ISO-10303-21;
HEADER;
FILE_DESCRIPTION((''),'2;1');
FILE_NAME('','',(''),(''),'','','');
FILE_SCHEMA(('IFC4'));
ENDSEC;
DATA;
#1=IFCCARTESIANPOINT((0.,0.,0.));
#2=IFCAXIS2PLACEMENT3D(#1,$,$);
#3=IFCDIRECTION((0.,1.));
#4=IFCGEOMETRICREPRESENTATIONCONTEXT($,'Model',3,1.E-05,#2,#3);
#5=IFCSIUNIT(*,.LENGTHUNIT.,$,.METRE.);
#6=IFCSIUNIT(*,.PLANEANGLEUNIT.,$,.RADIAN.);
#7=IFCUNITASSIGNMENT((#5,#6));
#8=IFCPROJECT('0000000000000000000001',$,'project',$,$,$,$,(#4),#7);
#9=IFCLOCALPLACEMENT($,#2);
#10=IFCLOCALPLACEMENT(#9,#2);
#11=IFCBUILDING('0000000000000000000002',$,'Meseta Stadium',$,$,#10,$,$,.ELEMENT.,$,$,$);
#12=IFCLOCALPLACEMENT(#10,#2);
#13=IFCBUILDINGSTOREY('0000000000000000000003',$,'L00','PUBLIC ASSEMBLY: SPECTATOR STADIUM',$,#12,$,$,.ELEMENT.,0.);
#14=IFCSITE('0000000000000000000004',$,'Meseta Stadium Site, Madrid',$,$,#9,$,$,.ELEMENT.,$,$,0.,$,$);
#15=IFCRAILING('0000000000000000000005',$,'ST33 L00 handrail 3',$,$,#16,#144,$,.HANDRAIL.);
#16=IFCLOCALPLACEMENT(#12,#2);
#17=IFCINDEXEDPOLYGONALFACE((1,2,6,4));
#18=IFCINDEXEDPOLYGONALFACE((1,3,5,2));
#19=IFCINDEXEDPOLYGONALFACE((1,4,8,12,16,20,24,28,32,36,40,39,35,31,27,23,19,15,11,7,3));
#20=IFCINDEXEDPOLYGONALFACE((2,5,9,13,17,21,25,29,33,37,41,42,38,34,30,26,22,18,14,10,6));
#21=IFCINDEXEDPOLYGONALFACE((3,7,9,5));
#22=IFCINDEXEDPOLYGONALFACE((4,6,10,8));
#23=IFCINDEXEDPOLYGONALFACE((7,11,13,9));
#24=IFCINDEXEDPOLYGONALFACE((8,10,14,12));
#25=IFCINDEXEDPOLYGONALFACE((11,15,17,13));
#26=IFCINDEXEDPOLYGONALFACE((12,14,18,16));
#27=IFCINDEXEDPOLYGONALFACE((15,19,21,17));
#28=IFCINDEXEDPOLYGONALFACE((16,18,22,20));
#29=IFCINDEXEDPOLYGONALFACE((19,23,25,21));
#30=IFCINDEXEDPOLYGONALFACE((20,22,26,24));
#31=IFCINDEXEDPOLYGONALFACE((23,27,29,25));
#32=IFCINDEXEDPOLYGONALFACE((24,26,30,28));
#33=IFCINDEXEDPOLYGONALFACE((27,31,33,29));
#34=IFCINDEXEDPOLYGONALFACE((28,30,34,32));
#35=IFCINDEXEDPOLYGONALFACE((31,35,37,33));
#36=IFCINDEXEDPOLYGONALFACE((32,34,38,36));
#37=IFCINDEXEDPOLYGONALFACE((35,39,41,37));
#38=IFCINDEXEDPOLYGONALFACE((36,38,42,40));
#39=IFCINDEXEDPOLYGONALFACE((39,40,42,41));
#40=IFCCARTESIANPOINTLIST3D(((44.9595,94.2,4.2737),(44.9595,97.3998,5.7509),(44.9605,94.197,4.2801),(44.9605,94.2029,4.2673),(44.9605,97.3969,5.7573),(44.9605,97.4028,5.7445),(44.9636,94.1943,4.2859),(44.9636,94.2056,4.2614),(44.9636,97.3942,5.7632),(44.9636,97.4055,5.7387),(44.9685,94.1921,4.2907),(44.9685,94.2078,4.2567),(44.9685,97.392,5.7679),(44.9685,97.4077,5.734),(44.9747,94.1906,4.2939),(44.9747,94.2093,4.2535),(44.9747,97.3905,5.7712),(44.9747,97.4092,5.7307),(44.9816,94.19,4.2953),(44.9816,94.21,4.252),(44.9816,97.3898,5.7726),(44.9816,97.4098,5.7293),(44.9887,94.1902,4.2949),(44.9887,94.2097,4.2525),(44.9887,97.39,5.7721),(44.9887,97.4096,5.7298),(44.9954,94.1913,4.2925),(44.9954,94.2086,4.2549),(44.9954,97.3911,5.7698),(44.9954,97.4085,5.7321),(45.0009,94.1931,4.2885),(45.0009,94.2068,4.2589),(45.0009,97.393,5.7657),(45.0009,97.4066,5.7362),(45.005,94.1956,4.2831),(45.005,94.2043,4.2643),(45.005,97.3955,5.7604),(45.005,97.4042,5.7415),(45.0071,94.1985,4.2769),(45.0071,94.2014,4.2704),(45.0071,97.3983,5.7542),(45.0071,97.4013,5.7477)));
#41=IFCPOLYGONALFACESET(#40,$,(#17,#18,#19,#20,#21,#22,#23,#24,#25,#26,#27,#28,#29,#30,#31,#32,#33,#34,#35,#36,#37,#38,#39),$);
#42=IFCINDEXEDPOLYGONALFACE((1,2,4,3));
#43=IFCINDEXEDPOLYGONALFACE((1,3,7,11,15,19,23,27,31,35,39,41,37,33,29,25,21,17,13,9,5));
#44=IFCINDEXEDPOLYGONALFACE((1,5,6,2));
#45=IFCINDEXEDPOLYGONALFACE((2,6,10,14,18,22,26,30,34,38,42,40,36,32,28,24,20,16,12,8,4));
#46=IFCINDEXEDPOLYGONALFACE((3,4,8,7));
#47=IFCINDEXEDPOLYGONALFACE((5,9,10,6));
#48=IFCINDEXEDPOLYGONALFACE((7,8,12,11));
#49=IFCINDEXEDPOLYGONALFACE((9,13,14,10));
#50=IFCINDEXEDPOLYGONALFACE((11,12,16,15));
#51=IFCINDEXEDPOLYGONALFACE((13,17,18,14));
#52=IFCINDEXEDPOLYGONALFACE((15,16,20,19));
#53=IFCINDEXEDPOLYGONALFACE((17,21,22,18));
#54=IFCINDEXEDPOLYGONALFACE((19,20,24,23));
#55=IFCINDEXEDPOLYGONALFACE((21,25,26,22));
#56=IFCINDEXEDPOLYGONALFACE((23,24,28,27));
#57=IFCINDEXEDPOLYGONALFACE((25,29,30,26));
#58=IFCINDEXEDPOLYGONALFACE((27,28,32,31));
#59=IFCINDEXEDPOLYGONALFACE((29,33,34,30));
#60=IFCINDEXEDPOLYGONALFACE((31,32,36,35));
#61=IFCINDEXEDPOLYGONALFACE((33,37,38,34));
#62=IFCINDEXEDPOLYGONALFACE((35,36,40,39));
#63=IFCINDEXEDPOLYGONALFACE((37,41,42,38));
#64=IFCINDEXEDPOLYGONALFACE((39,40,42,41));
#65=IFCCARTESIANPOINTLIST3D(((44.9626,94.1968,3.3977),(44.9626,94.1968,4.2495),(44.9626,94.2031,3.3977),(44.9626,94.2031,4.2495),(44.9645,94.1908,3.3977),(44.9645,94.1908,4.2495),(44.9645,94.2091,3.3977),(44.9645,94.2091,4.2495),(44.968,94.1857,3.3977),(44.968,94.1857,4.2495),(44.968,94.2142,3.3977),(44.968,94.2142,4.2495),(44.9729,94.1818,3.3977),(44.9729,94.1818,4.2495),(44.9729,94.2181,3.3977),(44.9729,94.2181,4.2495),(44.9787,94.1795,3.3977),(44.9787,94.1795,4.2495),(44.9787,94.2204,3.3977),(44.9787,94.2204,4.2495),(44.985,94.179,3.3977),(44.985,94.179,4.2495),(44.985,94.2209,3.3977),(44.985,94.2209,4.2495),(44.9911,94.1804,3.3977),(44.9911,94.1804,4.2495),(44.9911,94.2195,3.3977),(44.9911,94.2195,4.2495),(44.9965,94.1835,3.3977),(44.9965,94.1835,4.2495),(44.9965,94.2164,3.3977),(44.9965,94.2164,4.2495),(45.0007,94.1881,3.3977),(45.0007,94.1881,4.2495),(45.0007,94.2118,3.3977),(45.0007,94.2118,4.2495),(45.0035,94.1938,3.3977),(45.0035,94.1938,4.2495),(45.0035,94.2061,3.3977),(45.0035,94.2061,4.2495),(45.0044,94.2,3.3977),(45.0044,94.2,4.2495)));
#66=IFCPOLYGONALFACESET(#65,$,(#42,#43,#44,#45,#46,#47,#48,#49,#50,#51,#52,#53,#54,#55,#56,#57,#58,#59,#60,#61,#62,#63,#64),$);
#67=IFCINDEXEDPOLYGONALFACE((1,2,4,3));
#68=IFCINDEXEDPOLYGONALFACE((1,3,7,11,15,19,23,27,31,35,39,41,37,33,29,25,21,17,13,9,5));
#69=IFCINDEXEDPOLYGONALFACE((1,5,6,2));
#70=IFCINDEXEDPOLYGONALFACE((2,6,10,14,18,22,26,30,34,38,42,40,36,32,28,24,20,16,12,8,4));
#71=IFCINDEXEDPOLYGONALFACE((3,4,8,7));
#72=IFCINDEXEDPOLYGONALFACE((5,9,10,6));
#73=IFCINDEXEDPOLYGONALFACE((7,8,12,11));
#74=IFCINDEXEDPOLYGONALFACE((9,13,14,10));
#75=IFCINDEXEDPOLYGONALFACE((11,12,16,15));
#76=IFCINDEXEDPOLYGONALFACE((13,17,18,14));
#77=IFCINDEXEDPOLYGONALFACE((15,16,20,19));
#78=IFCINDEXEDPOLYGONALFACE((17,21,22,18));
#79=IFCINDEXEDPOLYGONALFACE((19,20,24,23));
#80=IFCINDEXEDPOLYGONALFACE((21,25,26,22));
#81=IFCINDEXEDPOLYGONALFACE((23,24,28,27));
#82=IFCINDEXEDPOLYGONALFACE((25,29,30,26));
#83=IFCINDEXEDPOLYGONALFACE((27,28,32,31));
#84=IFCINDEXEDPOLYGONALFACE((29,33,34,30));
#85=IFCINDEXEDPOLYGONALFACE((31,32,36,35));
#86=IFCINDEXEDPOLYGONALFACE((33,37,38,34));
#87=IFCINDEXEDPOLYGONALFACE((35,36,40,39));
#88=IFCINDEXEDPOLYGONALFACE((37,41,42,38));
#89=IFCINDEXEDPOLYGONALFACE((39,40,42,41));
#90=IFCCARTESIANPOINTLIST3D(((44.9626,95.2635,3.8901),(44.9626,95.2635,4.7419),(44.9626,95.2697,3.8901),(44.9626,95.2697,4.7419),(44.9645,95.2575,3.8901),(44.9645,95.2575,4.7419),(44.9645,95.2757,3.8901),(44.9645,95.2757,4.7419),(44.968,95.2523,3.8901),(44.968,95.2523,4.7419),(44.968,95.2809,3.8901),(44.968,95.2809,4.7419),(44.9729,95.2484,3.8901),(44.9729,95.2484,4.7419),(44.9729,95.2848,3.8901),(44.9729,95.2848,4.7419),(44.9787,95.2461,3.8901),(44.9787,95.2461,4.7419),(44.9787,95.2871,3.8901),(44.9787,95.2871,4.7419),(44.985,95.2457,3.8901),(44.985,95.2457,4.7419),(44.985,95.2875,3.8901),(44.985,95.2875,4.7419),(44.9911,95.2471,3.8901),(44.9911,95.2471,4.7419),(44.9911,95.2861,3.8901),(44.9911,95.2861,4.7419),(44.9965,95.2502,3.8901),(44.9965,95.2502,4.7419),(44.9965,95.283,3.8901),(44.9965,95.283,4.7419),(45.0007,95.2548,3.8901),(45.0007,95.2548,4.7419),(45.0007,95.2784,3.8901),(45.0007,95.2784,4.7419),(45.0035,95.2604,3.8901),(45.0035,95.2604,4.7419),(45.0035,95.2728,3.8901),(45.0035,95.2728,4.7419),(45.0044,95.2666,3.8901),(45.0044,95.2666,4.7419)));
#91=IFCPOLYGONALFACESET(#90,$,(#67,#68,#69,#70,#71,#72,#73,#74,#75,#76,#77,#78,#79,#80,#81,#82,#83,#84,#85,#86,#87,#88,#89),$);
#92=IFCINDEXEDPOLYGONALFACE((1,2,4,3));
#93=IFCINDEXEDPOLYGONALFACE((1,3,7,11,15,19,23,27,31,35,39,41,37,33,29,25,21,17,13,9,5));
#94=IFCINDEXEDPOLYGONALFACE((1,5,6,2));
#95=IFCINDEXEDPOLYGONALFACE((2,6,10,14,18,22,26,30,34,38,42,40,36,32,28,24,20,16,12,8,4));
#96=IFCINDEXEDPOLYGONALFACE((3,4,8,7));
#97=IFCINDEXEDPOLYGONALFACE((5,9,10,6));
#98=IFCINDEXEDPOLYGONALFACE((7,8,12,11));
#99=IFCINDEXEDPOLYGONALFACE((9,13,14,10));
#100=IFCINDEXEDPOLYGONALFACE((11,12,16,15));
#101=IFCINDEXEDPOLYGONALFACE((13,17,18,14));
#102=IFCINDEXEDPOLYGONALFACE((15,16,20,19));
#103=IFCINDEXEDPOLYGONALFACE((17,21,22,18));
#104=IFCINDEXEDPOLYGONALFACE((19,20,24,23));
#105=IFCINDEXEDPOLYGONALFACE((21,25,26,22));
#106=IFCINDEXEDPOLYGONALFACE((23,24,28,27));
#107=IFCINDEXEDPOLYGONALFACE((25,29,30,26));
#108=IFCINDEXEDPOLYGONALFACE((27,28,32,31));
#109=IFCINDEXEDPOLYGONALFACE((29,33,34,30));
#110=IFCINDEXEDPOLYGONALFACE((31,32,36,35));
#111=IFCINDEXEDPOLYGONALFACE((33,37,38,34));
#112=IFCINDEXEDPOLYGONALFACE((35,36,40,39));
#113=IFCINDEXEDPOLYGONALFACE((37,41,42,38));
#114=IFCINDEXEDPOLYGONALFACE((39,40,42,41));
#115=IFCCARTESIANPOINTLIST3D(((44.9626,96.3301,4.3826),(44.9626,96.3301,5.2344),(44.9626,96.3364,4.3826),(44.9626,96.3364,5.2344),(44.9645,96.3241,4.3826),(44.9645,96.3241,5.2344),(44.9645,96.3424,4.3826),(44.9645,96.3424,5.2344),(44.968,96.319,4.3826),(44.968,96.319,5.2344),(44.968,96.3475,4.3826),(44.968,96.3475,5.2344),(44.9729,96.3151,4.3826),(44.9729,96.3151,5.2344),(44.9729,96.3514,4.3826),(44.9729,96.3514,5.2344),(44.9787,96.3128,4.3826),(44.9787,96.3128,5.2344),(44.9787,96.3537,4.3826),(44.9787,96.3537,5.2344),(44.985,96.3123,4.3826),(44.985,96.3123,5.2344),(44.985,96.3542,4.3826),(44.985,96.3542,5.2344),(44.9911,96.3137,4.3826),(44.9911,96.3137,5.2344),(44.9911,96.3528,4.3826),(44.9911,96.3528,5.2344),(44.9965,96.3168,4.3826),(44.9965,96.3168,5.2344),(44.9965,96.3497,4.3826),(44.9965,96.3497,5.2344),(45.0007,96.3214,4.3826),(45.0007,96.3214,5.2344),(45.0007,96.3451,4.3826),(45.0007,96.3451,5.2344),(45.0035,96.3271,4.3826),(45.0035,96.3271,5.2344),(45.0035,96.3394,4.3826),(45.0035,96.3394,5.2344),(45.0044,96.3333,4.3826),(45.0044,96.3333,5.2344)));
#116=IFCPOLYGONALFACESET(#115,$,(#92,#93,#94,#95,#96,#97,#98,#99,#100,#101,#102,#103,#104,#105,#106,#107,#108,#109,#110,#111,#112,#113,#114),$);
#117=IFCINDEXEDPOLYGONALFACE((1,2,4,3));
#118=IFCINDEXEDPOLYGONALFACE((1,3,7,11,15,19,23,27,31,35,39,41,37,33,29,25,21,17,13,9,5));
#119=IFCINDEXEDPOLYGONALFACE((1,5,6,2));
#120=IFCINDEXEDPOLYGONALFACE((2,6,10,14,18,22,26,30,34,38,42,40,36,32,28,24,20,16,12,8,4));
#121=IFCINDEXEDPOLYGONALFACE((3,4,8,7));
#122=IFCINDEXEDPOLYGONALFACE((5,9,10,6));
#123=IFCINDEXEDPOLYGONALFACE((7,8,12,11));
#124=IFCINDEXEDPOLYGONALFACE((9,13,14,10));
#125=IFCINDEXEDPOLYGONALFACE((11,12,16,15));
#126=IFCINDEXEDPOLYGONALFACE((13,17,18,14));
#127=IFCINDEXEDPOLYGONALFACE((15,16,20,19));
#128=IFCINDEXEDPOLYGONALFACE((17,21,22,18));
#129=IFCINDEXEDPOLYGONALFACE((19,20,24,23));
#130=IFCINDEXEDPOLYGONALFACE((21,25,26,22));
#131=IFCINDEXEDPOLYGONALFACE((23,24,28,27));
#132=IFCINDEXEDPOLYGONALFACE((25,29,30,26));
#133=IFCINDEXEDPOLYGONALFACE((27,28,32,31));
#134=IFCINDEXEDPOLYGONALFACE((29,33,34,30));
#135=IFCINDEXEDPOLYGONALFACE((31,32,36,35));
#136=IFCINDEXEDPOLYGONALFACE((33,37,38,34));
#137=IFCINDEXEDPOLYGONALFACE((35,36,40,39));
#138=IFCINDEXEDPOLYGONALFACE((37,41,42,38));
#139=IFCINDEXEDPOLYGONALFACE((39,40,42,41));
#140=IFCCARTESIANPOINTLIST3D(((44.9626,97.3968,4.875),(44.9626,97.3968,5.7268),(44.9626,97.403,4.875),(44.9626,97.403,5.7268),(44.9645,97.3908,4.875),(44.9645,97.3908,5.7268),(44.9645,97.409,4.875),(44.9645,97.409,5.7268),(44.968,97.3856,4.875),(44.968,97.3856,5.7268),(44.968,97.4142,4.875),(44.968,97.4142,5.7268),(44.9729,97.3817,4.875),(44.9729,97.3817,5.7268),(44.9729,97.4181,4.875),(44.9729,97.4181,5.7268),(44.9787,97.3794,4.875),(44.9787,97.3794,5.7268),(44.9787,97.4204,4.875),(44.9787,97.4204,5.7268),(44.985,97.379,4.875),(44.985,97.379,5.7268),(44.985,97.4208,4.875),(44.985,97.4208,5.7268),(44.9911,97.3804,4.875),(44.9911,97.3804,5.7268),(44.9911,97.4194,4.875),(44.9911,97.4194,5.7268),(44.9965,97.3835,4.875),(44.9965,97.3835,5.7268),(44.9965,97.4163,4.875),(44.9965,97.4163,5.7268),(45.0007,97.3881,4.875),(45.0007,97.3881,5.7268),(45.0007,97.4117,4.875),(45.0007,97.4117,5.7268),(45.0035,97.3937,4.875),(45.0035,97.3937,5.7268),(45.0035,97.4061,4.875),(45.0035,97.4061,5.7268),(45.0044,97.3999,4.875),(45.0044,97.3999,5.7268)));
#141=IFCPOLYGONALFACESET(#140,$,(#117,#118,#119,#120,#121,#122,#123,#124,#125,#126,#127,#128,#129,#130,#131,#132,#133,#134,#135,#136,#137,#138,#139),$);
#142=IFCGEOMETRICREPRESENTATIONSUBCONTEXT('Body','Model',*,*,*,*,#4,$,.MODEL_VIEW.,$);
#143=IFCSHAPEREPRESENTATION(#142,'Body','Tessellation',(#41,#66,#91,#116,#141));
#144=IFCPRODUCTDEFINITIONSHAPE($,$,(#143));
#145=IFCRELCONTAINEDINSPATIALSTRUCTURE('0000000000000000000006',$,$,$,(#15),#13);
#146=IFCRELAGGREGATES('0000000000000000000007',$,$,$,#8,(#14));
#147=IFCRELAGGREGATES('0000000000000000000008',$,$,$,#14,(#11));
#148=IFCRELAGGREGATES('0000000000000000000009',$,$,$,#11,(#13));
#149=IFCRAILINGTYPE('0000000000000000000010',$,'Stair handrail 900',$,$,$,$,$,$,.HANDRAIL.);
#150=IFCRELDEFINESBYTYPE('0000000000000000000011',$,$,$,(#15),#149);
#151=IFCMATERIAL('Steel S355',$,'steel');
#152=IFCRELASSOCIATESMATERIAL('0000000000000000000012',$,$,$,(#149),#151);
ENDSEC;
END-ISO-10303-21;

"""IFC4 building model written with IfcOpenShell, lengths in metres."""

from ifc_helpers import new_model, si_unit, direction, frame, origin, origin_2d, place, context, subcontext, project, spatial, circle, extrude, material, type_object, element, save


model = new_model("IFC4")

# Units and contexts
model_context = context("Model", 3, precision=1e-05, world=origin(), true_north=direction((0.0, 1.0)))
body_context = subcontext(model_context, "Body", "Model", "MODEL_VIEW")
ifc_project = project(units=[si_unit("LENGTHUNIT", "METRE"), si_unit("PLANEANGLEUNIT", "RADIAN")], contexts=[model_context])

# Site, building, storey
site_placement = place(None, origin())
site = spatial("IfcSite", under=ifc_project, at=site_placement, Name="Meseta Stadium Site, Madrid", CompositionType="ELEMENT", RefElevation=0.0)
building_placement = place(site_placement, origin())
building = spatial("IfcBuilding", under=site, at=building_placement, Name="Meseta Stadium", CompositionType="ELEMENT")
storey_placement = place(building_placement, origin())
storey = spatial("IfcBuildingStorey", under=building, at=storey_placement, Name="L00", Description="PUBLIC ASSEMBLY: SPECTATOR STADIUM", CompositionType="ELEMENT", Elevation=0.0)

# Railing
ifc_material_1 = material(Name="Steel S355", Category="steel")
railing_type_1 = type_object("IfcRailingType", Name="Stair handrail 900", PredefinedType="HANDRAIL", material=ifc_material_1)
railing_1_placement = place(storey_placement, frame((44.9834, 94.2, 3.3977)))
element("IfcRailing", 1, at=railing_1_placement, inside=storey, type_object=railing_type_1, Name="ST33 L00 handrail 3", PredefinedType="HANDRAIL", context=body_context, shape_type="SweptSolid", body=[
    extrude(circle(Radius=0.0239, at=origin_2d()), frame((0.0, 0.0, 0.876), z_axis=(0.0, 0.907917, 0.41915), x_axis=(-1.0, 0.0, 0.0)), (0.0, 0.0, 1.0), 3.5244),
    extrude(circle(Radius=0.021, at=origin_2d()), origin(), (0.0, 0.0, 1.0), 0.8518),
    extrude(circle(Radius=0.021, at=origin_2d()), frame((0.0, 1.0667, 0.4924)), (0.0, 0.0, 1.0), 0.8518),
    extrude(circle(Radius=0.021, at=origin_2d()), frame((0.0, 2.1333, 0.9849)), (0.0, 0.0, 1.0), 0.8518),
    extrude(circle(Radius=0.021, at=origin_2d()), frame((0.0, 3.2, 1.4773)), (0.0, 0.0, 1.0), 0.8518),
])

save(model, "model.ifc")
